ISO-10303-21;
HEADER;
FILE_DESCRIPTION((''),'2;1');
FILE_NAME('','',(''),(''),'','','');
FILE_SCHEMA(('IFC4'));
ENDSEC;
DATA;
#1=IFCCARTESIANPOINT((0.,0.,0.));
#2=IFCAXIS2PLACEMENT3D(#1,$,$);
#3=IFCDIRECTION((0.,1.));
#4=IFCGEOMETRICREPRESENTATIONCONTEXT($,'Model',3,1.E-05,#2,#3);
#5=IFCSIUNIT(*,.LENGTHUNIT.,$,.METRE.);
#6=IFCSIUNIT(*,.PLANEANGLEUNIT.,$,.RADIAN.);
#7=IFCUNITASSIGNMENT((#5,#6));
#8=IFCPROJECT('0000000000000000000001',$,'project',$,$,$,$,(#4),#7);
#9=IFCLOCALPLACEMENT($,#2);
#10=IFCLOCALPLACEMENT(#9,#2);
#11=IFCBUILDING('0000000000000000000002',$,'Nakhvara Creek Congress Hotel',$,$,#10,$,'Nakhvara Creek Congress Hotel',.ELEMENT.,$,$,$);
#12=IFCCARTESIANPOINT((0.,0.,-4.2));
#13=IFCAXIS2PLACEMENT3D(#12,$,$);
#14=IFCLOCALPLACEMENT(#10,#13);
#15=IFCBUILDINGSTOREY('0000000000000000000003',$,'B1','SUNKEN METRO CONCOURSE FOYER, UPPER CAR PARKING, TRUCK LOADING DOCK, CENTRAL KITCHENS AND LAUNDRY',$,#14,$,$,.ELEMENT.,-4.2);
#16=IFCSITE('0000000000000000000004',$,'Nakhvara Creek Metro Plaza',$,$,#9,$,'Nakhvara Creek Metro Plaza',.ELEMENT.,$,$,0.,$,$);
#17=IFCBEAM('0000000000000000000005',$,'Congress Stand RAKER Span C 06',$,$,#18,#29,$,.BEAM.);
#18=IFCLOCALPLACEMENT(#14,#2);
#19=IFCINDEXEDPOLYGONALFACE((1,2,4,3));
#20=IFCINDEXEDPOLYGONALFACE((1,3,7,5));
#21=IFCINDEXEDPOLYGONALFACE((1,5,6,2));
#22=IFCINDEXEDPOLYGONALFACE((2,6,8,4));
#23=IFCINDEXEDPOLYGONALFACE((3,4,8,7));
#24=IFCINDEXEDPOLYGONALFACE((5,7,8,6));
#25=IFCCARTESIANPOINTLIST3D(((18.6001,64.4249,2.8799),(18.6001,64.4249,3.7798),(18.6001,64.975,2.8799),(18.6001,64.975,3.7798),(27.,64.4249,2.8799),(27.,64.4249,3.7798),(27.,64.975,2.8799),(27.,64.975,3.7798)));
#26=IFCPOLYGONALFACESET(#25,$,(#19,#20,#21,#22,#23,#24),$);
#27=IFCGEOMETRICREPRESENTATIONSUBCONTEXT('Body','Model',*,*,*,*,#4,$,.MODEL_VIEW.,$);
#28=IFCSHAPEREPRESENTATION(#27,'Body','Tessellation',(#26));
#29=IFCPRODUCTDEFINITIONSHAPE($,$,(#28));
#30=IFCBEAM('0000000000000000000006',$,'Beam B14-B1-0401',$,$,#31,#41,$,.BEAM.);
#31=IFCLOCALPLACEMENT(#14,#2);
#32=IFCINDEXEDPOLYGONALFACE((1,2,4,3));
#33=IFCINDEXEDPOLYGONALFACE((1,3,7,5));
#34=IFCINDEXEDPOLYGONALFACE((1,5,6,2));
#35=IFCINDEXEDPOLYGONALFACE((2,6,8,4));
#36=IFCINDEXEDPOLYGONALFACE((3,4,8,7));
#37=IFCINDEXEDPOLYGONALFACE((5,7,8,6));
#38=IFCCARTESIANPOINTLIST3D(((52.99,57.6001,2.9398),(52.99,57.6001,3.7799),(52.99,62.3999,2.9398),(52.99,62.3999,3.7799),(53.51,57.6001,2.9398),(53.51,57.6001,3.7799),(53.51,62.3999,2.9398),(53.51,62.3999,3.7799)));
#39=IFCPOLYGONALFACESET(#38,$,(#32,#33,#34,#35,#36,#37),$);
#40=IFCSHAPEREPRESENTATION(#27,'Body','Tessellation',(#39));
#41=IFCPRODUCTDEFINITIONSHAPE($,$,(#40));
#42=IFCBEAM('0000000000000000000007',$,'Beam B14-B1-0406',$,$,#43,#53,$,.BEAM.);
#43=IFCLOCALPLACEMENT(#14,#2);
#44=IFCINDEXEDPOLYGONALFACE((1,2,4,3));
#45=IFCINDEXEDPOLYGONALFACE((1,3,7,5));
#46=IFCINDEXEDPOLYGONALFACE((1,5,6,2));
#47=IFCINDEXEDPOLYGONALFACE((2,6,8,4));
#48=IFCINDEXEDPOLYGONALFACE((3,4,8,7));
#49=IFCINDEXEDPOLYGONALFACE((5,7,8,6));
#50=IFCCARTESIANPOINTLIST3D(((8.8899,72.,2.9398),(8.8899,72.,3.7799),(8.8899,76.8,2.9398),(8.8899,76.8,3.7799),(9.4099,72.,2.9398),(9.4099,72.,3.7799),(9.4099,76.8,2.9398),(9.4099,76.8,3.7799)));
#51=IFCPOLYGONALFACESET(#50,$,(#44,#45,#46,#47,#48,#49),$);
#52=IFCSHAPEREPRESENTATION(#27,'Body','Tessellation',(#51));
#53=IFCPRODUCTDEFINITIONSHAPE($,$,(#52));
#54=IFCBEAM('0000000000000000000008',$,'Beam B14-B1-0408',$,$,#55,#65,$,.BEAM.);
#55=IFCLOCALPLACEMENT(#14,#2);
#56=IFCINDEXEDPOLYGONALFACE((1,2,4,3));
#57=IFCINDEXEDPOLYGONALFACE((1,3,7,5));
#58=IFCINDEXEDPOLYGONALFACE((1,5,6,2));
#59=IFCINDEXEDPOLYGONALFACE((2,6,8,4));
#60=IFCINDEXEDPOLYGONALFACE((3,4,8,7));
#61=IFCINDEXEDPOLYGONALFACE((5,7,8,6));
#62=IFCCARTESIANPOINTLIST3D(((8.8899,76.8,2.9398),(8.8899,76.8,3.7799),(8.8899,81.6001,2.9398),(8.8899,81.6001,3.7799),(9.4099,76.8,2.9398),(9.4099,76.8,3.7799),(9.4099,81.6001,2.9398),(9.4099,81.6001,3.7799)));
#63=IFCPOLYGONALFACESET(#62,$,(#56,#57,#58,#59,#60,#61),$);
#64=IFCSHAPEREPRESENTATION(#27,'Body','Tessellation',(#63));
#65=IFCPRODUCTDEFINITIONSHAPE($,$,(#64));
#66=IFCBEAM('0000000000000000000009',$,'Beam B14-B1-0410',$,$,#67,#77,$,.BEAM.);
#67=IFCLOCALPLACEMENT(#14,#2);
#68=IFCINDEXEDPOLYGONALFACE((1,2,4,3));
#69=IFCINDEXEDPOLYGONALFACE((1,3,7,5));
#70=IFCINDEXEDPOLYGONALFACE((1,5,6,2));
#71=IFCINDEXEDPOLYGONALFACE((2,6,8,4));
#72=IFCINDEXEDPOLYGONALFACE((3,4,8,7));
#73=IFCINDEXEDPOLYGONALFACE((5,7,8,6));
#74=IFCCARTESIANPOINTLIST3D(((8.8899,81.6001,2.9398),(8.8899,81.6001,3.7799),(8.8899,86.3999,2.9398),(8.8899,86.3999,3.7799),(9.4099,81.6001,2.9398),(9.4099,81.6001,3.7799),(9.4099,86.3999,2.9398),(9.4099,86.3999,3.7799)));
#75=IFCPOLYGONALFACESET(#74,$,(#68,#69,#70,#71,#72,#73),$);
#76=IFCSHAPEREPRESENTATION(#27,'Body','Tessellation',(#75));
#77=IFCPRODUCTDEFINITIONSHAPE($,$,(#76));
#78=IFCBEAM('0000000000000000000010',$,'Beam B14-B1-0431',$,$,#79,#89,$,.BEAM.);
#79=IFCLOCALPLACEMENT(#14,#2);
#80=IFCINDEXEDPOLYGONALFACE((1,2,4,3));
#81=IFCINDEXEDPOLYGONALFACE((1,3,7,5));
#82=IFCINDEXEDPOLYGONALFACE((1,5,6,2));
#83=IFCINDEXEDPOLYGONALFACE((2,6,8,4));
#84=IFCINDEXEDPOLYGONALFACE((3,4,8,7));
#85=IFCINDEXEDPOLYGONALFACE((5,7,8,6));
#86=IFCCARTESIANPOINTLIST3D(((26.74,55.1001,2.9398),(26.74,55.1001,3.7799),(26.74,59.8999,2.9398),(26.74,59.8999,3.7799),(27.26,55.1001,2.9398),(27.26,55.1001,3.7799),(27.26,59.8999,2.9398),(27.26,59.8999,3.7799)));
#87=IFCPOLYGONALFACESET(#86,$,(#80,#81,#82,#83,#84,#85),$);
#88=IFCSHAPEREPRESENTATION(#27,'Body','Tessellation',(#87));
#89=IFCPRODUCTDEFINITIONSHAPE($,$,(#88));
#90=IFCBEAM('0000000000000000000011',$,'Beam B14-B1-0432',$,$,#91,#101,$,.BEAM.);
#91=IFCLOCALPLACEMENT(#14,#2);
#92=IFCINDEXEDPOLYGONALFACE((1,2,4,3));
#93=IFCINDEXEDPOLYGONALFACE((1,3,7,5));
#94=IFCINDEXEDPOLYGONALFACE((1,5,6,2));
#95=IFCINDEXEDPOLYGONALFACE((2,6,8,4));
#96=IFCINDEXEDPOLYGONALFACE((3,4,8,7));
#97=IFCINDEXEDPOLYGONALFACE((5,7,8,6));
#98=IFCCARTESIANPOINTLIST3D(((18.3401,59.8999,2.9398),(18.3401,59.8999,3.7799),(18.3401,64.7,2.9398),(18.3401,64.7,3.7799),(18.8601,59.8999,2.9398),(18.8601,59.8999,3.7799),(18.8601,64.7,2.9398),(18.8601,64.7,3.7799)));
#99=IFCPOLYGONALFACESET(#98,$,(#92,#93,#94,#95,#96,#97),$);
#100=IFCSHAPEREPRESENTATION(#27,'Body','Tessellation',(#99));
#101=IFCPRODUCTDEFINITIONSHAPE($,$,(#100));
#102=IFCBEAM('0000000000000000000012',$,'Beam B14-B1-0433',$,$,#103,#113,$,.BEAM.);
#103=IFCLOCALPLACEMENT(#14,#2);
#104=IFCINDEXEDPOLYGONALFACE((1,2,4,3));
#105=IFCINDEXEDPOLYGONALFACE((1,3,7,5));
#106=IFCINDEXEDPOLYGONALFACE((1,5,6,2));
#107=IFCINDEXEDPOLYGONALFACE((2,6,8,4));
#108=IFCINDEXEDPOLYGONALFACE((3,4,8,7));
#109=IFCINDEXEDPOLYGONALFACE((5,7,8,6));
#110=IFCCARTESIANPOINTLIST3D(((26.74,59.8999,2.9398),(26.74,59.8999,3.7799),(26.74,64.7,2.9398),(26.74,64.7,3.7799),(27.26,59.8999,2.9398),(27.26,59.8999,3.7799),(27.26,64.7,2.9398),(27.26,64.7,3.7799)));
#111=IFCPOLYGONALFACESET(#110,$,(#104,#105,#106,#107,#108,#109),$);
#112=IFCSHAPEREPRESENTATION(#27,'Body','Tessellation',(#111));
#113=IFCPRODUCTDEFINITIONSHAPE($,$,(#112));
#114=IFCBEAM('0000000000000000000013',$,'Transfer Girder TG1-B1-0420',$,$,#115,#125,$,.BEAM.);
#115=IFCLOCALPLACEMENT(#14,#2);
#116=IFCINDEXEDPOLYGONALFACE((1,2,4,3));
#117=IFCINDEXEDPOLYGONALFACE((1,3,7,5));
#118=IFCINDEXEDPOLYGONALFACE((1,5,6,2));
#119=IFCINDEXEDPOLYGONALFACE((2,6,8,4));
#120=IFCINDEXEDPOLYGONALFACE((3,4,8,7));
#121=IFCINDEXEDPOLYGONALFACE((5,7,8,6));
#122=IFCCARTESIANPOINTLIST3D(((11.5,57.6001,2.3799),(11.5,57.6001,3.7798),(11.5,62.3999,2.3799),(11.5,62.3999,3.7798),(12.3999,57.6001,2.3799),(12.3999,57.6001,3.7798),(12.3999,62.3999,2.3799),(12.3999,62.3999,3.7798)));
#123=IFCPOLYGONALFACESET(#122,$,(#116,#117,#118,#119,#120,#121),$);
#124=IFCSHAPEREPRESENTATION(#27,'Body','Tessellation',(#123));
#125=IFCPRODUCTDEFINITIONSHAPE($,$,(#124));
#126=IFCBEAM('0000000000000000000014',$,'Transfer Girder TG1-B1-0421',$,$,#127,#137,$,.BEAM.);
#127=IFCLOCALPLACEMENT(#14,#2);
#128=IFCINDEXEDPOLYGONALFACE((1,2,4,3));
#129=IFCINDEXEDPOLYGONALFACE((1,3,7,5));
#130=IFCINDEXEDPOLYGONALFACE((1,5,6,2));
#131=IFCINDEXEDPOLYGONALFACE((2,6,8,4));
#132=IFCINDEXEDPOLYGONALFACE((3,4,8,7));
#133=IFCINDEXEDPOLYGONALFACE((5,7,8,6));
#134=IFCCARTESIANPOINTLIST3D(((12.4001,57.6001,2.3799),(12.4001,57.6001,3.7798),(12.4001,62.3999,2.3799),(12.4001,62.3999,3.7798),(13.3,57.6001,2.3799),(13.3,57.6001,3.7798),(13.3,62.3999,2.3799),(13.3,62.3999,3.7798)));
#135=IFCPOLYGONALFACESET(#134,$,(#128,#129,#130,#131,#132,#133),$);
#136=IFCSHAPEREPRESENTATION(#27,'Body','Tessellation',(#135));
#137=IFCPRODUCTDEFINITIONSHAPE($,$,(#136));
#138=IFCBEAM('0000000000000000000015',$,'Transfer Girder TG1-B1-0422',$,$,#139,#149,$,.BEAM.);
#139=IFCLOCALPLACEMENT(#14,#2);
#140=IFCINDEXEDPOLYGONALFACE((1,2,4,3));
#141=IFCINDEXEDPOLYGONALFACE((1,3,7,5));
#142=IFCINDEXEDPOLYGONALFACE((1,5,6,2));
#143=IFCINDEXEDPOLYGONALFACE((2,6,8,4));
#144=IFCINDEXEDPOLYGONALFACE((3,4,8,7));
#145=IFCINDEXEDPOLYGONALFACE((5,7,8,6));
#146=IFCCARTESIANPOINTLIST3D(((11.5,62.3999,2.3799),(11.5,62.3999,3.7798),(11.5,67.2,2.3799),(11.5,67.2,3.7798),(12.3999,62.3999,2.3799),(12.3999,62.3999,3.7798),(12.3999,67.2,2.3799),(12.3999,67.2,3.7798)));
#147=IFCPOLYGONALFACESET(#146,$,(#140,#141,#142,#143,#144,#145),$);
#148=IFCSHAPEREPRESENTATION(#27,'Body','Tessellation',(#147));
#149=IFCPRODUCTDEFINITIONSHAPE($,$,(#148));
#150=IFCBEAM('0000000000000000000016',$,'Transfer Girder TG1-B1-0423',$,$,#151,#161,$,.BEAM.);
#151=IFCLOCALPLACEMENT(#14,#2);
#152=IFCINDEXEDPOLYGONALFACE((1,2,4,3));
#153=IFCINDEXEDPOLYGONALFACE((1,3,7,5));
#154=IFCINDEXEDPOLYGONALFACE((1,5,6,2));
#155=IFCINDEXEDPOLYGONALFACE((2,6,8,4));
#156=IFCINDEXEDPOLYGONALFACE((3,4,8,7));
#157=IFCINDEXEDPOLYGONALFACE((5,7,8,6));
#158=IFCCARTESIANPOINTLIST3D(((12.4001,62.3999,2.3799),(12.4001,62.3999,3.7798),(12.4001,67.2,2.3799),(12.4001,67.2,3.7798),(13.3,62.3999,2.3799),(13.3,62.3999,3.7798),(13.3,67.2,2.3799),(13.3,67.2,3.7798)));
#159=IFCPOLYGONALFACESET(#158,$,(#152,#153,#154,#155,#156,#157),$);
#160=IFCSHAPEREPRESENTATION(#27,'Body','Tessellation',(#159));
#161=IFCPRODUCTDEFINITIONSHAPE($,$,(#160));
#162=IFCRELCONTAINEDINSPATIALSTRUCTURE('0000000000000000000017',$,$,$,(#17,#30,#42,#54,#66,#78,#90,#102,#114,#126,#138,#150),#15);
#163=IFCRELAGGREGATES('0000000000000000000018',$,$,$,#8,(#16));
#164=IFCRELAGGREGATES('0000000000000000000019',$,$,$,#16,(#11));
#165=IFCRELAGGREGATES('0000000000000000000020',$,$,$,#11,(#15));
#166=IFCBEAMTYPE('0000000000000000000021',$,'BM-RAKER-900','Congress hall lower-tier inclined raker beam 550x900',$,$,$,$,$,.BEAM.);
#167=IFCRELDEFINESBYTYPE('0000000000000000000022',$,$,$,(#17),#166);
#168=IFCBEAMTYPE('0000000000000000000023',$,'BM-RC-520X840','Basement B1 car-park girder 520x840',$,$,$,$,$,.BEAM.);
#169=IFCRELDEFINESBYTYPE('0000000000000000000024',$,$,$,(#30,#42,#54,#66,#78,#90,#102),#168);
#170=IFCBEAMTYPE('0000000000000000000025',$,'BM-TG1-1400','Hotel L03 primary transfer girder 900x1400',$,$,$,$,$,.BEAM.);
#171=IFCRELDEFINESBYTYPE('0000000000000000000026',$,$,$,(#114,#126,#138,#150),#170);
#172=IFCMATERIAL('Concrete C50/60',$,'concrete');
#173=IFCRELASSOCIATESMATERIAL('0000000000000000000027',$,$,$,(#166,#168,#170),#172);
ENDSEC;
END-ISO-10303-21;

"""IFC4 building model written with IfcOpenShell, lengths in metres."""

from ifc_helpers import new_model, si_unit, direction, frame, origin, origin_2d, place, context, subcontext, project, spatial, rectangle, extrude, material, material_profile, profile_set, type_object, element, save


model = new_model("IFC4")

# Units and contexts
model_context = context("Model", 3, precision=1e-05, world=origin(), true_north=direction((0.0, 1.0)))
body_context = subcontext(model_context, "Body", "Model", "MODEL_VIEW")
ifc_project = project(units=[si_unit("LENGTHUNIT", "METRE"), si_unit("PLANEANGLEUNIT", "RADIAN")], contexts=[model_context])

# Site, building, storey
site_placement = place(None, origin())
site = spatial("IfcSite", under=ifc_project, at=site_placement, Name="Nakhvara Creek Metro Plaza", LongName="Nakhvara Creek Metro Plaza", CompositionType="ELEMENT", RefElevation=0.0)
building_placement = place(site_placement, origin())
building = spatial("IfcBuilding", under=site, at=building_placement, Name="Nakhvara Creek Congress Hotel", LongName="Nakhvara Creek Congress Hotel", CompositionType="ELEMENT")
storey_placement = place(building_placement, frame((0.0, 0.0, -4.2)))
storey = spatial("IfcBuildingStorey", under=building, at=storey_placement, Name="B1", Description="SUNKEN METRO CONCOURSE FOYER, UPPER CAR PARKING, TRUCK LOADING DOCK, CENTRAL KITCHENS AND LAUNDRY", CompositionType="ELEMENT", Elevation=-4.2)

# Shared definitions
ifc_material_1 = material(Name="Concrete C50/60", Category="concrete")

# Beams
ifc_material_profile_1 = material_profile(ifc_material_1, rectangle(XDim=0.55, YDim=0.8999, at=origin_2d()), Name="RC-RAKER 550x900", Category="LoadBearing")
ifc_profile_set_1 = profile_set([ifc_material_profile_1], Name="Concrete C50/60")
beam_type_1 = type_object("IfcBeamType", Name="BM-RAKER-900", Description="Congress hall lower-tier inclined raker beam 550x900", PredefinedType="BEAM", material=ifc_profile_set_1)
beam_1_placement = place(storey_placement, frame((18.6001, 64.7, 3.3298), z_axis=(1.0, 0.0, 0.0), x_axis=(0.0, 1.0, 0.0)))
element("IfcBeam", 1, at=beam_1_placement, inside=storey, type_object=beam_type_1, Name="Congress Stand RAKER Span C 06", PredefinedType="BEAM", context=body_context, shape_type="SweptSolid", body=[
    extrude(rectangle(XDim=0.55, YDim=0.8999, at=origin_2d()), origin(), (0.0, 0.0, 1.0), 8.3999),
])
ifc_material_profile_2 = material_profile(ifc_material_1, rectangle(XDim=0.52, YDim=0.8401, at=origin_2d()), Name="RC-BM 520x840", Category="LoadBearing")
ifc_profile_set_2 = profile_set([ifc_material_profile_2], Name="Concrete C50/60")
beam_type_2 = type_object("IfcBeamType", Name="BM-RC-520X840", Description="Basement B1 car-park girder 520x840", PredefinedType="BEAM", material=ifc_profile_set_2)
beam_2_placement = place(storey_placement, frame((53.25, 57.6001, 3.3599), z_axis=(0.0, 1.0, 0.0), x_axis=(-1.0, 0.0, 0.0)))
element("IfcBeam", 2, at=beam_2_placement, inside=storey, type_object=beam_type_2, Name="Beam B14-B1-0401", PredefinedType="BEAM", context=body_context, shape_type="SweptSolid", body=[
    extrude(rectangle(XDim=0.52, YDim=0.8401, at=origin_2d()), origin(), (0.0, 0.0, 1.0), 4.7998),
])
for number, where, z_axis, x_axis, name in (
    (3, (9.1499, 72.0, 3.3599), (0.0, 1.0, 0.0), (-1.0, 0.0, 0.0), "Beam B14-B1-0406"),
    (4, (9.1499, 76.8, 3.3599), (0.0, 1.0, 0.0), (-1.0, 0.0, 0.0), "Beam B14-B1-0408"),
):
    element("IfcBeam", number, at=place(storey_placement, frame(where, z_axis=z_axis, x_axis=x_axis)), inside=storey, type_object=beam_type_2, Name=name, PredefinedType="BEAM", context=body_context, shape_type="SweptSolid", body=[
        extrude(rectangle(XDim=0.52, YDim=0.8401, at=origin_2d()), origin(), (0.0, 0.0, 1.0), 4.8),
    ])
for number, where, z_axis, x_axis, name in (
    (5, (9.1499, 81.6001, 3.3599), (0.0, 1.0, 0.0), (-1.0, 0.0, 0.0), "Beam B14-B1-0410"),
    (6, (27.0, 55.1001, 3.3599), (0.0, 1.0, 0.0), (-1.0, 0.0, 0.0), "Beam B14-B1-0431"),
):
    element("IfcBeam", number, at=place(storey_placement, frame(where, z_axis=z_axis, x_axis=x_axis)), inside=storey, type_object=beam_type_2, Name=name, PredefinedType="BEAM", context=body_context, shape_type="SweptSolid", body=[
        extrude(rectangle(XDim=0.52, YDim=0.8401, at=origin_2d()), origin(), (0.0, 0.0, 1.0), 4.7998),
    ])
for number, where, z_axis, x_axis, name in (
    (7, (18.6001, 59.8999, 3.3599), (0.0, 1.0, 0.0), (-1.0, 0.0, 0.0), "Beam B14-B1-0432"),
    (8, (27.0, 59.8999, 3.3599), (0.0, 1.0, 0.0), (-1.0, 0.0, 0.0), "Beam B14-B1-0433"),
):
    element("IfcBeam", number, at=place(storey_placement, frame(where, z_axis=z_axis, x_axis=x_axis)), inside=storey, type_object=beam_type_2, Name=name, PredefinedType="BEAM", context=body_context, shape_type="SweptSolid", body=[
        extrude(rectangle(XDim=0.52, YDim=0.8401, at=origin_2d()), origin(), (0.0, 0.0, 1.0), 4.8),
    ])
ifc_material_profile_3 = material_profile(ifc_material_1, rectangle(XDim=0.8999, YDim=1.3999, at=origin_2d()), Name="RC-TG 900x1400", Category="LoadBearing")
ifc_profile_set_3 = profile_set([ifc_material_profile_3], Name="Concrete C50/60")
beam_type_3 = type_object("IfcBeamType", Name="BM-TG1-1400", Description="Hotel L03 primary transfer girder 900x1400", PredefinedType="BEAM", material=ifc_profile_set_3)
for number, where, z_axis, x_axis, name in (
    (9, (11.95, 57.6001, 3.0798), (0.0, 1.0, 0.0), (-1.0, 0.0, 0.0), "Transfer Girder TG1-B1-0420"),
    (10, (12.8501, 57.6001, 3.0798), (0.0, 1.0, 0.0), (-1.0, 0.0, 0.0), "Transfer Girder TG1-B1-0421"),
):
    element("IfcBeam", number, at=place(storey_placement, frame(where, z_axis=z_axis, x_axis=x_axis)), inside=storey, type_object=beam_type_3, Name=name, PredefinedType="BEAM", context=body_context, shape_type="SweptSolid", body=[
        extrude(rectangle(XDim=0.8999, YDim=1.3999, at=origin_2d()), origin(), (0.0, 0.0, 1.0), 4.7998),
    ])
for number, where, z_axis, x_axis, name in (
    (11, (11.95, 62.3999, 3.0798), (0.0, 1.0, 0.0), (-1.0, 0.0, 0.0), "Transfer Girder TG1-B1-0422"),
    (12, (12.8501, 62.3999, 3.0798), (0.0, 1.0, 0.0), (-1.0, 0.0, 0.0), "Transfer Girder TG1-B1-0423"),
):
    element("IfcBeam", number, at=place(storey_placement, frame(where, z_axis=z_axis, x_axis=x_axis)), inside=storey, type_object=beam_type_3, Name=name, PredefinedType="BEAM", context=body_context, shape_type="SweptSolid", body=[
        extrude(rectangle(XDim=0.8999, YDim=1.3999, at=origin_2d()), origin(), (0.0, 0.0, 1.0), 4.8),
    ])

save(model, "model.ifc")
